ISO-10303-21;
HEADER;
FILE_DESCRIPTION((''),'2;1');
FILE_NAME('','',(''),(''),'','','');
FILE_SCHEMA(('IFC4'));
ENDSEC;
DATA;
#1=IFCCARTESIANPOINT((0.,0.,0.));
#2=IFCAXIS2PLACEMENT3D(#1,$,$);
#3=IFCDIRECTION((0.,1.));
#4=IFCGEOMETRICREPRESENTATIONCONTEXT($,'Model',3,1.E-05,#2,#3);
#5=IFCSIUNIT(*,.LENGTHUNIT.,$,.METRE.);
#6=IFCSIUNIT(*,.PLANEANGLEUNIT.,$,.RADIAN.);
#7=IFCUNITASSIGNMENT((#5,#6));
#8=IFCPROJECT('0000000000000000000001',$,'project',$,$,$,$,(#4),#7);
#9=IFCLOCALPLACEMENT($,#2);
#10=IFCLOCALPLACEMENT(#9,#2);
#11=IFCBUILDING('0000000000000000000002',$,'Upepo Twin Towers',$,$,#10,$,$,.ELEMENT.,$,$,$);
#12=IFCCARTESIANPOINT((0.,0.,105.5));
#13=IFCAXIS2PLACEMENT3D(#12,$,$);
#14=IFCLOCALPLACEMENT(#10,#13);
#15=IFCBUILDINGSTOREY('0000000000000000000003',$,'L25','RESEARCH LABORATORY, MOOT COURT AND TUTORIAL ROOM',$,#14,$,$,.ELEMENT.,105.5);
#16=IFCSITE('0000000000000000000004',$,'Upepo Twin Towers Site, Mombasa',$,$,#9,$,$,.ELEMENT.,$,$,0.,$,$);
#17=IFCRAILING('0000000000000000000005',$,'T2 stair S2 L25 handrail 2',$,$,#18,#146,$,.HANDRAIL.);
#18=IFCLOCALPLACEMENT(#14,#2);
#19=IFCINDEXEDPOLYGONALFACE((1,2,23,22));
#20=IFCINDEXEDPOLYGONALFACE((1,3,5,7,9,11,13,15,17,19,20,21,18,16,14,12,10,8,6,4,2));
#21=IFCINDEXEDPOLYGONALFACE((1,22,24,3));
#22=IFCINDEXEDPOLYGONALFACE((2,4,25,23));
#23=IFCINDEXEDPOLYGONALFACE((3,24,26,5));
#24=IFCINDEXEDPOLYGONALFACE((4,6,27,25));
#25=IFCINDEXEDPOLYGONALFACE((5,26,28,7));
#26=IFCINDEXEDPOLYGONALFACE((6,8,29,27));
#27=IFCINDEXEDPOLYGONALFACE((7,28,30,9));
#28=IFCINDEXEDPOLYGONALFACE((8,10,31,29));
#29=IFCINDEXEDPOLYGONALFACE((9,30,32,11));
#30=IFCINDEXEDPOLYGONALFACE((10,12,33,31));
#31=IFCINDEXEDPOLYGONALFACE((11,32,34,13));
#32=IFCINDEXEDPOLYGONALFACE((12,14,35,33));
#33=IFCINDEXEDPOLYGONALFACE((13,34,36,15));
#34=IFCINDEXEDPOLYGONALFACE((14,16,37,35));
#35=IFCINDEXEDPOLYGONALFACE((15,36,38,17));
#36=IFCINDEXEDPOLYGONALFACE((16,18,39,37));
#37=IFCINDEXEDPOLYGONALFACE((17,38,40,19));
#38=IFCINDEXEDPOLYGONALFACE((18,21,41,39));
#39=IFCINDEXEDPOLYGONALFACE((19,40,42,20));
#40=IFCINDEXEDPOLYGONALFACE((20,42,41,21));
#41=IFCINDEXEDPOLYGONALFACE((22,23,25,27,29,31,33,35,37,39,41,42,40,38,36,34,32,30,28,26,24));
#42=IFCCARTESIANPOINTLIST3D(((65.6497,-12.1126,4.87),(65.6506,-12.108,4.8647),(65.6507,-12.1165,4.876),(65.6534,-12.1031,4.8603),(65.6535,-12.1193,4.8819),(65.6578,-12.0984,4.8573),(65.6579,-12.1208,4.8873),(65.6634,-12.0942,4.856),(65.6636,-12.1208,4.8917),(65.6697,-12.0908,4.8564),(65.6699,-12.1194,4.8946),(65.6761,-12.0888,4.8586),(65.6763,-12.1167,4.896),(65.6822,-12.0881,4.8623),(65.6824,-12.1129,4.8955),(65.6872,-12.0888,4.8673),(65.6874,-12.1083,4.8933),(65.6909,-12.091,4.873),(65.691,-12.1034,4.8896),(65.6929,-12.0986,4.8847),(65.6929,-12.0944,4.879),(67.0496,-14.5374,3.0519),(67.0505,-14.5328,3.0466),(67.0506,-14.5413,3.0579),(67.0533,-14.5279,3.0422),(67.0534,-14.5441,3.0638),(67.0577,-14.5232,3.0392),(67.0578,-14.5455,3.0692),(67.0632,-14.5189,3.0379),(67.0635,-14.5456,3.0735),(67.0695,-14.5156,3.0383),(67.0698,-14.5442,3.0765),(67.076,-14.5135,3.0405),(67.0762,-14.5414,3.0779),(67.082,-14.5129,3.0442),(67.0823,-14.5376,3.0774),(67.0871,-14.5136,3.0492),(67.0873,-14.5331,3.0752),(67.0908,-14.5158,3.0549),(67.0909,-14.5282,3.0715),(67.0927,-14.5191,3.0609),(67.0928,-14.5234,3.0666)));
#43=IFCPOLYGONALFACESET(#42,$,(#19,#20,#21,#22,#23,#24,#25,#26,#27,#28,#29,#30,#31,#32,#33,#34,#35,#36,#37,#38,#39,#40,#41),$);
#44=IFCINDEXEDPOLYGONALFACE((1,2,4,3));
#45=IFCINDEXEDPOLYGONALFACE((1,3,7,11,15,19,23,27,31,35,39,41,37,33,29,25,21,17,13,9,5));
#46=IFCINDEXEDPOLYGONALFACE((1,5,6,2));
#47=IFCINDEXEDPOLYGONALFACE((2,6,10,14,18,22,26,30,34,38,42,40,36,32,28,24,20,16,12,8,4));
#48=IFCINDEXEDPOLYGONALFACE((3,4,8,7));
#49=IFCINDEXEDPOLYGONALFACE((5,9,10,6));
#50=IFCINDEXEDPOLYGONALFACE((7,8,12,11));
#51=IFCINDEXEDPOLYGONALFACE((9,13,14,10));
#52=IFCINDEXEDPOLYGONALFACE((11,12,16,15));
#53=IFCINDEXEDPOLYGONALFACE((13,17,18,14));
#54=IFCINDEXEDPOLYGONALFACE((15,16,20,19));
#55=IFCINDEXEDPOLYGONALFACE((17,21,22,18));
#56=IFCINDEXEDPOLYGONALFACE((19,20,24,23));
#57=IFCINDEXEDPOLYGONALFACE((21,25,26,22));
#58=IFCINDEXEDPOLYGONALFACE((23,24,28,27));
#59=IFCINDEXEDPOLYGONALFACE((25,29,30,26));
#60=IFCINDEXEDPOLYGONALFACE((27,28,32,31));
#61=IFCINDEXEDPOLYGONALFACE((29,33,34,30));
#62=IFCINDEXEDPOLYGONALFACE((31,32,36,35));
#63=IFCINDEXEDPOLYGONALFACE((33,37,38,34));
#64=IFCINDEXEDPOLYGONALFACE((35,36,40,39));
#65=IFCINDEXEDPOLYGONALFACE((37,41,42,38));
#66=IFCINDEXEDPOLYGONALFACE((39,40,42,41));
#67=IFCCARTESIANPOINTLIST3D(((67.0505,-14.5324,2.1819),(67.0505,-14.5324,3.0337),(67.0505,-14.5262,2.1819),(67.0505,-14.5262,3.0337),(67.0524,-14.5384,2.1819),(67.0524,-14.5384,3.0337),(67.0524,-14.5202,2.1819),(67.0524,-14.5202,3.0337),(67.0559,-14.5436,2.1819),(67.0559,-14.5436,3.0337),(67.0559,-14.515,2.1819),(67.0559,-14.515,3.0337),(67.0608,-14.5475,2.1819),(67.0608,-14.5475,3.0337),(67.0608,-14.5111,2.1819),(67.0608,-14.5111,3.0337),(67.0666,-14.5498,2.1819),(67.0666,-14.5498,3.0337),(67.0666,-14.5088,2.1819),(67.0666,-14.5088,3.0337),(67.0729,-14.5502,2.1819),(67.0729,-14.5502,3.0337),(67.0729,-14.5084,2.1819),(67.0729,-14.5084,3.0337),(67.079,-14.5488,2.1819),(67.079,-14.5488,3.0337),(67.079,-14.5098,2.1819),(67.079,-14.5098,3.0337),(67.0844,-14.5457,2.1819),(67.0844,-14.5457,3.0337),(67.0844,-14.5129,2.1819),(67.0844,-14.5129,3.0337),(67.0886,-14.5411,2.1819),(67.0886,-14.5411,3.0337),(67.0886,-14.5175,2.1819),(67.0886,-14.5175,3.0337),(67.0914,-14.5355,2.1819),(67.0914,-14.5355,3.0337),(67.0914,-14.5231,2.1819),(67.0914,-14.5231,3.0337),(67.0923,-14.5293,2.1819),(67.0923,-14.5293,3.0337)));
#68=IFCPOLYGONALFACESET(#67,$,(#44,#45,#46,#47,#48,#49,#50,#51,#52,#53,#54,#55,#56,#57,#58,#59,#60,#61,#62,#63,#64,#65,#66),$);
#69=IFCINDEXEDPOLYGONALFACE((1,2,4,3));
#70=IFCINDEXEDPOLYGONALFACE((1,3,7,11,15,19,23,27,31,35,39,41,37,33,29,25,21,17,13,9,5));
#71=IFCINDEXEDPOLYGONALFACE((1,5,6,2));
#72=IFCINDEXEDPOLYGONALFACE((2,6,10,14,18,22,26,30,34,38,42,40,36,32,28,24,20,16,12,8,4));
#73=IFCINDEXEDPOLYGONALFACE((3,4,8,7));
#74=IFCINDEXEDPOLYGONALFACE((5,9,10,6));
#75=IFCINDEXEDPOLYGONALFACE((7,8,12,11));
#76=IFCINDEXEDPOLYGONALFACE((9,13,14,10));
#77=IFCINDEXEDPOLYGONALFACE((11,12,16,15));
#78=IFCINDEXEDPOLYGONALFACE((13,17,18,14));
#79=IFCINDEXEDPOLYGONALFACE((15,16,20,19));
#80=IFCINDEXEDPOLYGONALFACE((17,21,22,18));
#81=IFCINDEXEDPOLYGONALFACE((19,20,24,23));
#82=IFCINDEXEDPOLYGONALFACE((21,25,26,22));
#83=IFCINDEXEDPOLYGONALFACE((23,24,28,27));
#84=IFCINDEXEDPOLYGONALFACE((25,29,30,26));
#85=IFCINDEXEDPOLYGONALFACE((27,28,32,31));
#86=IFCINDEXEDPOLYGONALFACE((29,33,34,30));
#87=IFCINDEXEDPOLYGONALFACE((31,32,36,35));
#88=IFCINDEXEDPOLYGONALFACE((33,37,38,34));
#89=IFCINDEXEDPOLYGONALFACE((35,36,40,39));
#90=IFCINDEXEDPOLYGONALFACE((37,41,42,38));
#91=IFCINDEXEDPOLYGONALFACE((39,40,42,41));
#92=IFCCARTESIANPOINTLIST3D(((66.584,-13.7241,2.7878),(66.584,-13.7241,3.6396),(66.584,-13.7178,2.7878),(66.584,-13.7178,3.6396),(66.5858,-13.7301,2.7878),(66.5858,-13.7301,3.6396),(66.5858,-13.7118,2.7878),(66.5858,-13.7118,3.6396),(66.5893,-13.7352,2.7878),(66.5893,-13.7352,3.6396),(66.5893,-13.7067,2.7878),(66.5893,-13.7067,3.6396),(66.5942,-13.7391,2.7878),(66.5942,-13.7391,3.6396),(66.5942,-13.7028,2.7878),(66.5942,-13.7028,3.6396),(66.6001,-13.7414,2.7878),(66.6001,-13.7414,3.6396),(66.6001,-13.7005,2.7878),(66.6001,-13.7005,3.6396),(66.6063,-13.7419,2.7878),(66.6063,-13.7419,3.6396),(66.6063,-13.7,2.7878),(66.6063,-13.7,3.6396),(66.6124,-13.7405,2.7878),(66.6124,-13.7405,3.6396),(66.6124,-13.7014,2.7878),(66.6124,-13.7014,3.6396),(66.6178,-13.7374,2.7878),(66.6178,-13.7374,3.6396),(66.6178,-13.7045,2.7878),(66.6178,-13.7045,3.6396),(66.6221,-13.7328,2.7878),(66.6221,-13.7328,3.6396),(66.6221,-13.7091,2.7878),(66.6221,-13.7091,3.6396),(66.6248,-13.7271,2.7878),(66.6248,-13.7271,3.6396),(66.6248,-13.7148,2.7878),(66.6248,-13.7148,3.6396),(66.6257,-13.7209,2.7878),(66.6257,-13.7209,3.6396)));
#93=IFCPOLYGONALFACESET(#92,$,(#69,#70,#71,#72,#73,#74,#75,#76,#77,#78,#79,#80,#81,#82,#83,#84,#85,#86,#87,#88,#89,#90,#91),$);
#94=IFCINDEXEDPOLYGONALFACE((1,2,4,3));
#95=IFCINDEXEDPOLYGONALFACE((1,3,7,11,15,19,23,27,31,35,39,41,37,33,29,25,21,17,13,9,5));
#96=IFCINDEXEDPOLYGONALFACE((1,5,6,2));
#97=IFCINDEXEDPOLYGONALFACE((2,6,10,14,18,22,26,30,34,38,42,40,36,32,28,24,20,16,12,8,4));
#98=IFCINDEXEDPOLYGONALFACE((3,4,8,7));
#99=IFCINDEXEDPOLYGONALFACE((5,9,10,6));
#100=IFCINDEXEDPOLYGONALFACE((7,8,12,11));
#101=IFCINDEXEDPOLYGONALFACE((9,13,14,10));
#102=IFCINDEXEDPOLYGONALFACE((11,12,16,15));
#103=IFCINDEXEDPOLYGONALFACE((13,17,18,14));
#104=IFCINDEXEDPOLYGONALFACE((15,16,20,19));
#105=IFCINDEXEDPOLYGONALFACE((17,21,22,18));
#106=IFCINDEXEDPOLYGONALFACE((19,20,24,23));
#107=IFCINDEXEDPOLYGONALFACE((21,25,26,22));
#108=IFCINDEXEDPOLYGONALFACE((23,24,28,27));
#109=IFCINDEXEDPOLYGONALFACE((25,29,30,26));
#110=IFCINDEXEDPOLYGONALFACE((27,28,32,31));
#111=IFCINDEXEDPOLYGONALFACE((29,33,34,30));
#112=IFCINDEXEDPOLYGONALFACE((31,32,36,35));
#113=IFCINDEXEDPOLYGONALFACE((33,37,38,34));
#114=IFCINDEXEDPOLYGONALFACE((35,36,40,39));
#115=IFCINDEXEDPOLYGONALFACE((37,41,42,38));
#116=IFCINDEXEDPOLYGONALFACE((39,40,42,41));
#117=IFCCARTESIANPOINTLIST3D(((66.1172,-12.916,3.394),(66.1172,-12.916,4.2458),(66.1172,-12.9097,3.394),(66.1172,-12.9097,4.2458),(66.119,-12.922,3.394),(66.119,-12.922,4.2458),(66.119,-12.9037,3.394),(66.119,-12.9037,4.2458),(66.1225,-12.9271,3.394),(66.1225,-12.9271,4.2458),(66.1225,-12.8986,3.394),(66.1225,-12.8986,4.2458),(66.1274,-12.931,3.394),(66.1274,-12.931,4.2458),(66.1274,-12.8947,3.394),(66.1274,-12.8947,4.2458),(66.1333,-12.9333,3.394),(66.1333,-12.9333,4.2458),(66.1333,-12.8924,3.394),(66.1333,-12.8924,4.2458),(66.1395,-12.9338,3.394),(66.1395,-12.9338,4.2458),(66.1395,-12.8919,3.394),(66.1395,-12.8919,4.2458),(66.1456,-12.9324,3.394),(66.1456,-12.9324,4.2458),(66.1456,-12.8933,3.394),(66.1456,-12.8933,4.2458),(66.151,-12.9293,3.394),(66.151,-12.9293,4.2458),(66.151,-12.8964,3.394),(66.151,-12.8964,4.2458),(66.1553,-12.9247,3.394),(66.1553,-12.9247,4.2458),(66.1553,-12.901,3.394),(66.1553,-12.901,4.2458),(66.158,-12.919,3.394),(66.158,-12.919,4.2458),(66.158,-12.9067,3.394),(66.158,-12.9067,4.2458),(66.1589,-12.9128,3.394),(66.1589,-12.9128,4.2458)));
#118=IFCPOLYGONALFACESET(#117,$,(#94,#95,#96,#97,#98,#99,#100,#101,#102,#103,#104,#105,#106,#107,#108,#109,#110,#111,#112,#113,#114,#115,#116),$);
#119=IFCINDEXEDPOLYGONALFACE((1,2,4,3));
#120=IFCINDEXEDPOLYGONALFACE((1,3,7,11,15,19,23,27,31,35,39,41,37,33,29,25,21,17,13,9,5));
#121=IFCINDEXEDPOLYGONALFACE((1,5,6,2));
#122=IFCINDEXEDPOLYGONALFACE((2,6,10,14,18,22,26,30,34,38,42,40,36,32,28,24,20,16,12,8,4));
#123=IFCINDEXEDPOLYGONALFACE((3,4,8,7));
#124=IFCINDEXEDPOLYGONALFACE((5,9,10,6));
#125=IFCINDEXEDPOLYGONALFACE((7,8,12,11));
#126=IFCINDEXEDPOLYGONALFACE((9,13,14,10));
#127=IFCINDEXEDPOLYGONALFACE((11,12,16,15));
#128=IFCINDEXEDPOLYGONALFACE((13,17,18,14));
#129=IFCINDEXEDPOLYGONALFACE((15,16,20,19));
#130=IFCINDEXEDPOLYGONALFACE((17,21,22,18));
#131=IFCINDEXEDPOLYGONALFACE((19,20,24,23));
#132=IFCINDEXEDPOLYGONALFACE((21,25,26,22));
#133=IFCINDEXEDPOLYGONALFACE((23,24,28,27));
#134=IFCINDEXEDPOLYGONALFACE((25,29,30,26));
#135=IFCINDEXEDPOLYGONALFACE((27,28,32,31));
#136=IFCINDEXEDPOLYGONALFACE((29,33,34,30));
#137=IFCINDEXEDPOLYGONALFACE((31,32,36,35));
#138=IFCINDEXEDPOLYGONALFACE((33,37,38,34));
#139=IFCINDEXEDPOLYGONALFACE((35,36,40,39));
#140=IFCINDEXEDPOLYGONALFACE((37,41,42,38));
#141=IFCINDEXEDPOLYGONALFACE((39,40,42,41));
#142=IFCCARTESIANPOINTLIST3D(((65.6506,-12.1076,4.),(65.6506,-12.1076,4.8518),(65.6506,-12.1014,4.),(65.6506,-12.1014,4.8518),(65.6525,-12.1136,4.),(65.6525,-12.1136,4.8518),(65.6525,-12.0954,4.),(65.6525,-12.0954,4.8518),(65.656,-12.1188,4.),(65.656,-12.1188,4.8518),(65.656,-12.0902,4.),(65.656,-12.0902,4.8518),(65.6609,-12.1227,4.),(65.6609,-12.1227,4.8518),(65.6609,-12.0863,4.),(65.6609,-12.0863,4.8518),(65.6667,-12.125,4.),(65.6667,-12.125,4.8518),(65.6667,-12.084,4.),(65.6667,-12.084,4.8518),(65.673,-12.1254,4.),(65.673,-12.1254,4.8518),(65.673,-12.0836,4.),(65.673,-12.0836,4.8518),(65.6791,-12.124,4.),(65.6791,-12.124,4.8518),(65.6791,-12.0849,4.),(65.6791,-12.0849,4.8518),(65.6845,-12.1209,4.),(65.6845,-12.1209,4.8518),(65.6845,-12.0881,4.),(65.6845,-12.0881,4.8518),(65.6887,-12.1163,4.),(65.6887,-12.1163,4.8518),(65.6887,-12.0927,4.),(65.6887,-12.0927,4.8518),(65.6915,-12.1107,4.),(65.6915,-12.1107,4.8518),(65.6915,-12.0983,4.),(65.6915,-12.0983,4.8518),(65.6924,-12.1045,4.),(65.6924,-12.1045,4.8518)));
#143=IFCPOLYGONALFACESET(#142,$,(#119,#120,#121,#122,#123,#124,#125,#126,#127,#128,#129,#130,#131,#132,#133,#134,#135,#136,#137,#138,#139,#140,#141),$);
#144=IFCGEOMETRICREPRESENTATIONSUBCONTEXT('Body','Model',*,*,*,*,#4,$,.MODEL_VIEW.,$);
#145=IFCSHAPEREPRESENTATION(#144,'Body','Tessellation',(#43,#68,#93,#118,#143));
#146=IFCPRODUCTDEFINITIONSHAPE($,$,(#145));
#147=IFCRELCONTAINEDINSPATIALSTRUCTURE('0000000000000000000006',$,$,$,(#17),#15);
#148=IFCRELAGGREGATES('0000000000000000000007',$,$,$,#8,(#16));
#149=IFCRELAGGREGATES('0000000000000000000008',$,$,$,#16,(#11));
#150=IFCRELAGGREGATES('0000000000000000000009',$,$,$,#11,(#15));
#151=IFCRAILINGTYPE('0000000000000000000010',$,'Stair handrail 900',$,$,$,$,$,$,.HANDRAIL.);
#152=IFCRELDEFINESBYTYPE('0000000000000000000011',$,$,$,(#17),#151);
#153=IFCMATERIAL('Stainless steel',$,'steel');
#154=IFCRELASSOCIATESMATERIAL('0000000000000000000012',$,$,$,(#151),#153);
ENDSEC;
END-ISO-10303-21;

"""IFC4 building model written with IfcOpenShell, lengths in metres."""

from ifc_helpers import new_model, si_unit, direction, frame, origin, origin_2d, place, context, subcontext, project, spatial, circle, extrude, material, type_object, element, save


model = new_model("IFC4")

# Units and contexts
model_context = context("Model", 3, precision=1e-05, world=origin(), true_north=direction((0.0, 1.0)))
body_context = subcontext(model_context, "Body", "Model", "MODEL_VIEW")
ifc_project = project(units=[si_unit("LENGTHUNIT", "METRE"), si_unit("PLANEANGLEUNIT", "RADIAN")], contexts=[model_context])

# Site, building, storey
site_placement = place(None, origin())
site = spatial("IfcSite", under=ifc_project, at=site_placement, Name="Upepo Twin Towers Site, Mombasa", CompositionType="ELEMENT", RefElevation=0.0)
building_placement = place(site_placement, origin())
building = spatial("IfcBuilding", under=site, at=building_placement, Name="Upepo Twin Towers", CompositionType="ELEMENT")
storey_placement = place(building_placement, frame((0.0, 0.0, 105.5)))
storey = spatial("IfcBuildingStorey", under=building, at=storey_placement, Name="L25", Description="RESEARCH LABORATORY, MOOT COURT AND TUTORIAL ROOM", CompositionType="ELEMENT", Elevation=105.5)

# Railing
ifc_material_1 = material(Name="Stainless steel", Category="steel")
railing_type = type_object("IfcRailingType", Name="Stair handrail 900", PredefinedType="HANDRAIL", material=ifc_material_1)
railing_1_placement = place(storey_placement, frame((67.0713, -14.5293, 2.1819)))
element("IfcRailing", 1, at=railing_1_placement, inside=storey, type_object=railing_type, Name="T2 stair S2 L25 handrail 2", PredefinedType="HANDRAIL", context=body_context, shape_type="SweptSolid", body=[
    extrude(circle(Radius=0.0239, at=origin_2d()), frame((0.0, 0.0, 0.876), z_axis=(-0.419333, 0.726336, 0.544606), x_axis=(-0.866035, -0.499984, 0.0)), (0.0, 0.0, 1.0), 3.3384),
    extrude(circle(Radius=0.021, at=origin_2d()), origin(), (0.0, 0.0, 1.0), 0.8518),
    extrude(circle(Radius=0.021, at=origin_2d()), frame((-0.4666, 0.8083, 0.606)), (0.0, 0.0, 1.0), 0.8518),
    extrude(circle(Radius=0.021, at=origin_2d()), frame((-0.9333, 1.6165, 1.2122)), (0.0, 0.0, 1.0), 0.8518),
    extrude(circle(Radius=0.021, at=origin_2d()), frame((-1.3999, 2.4248, 1.8181)), (0.0, 0.0, 1.0), 0.8518),
])

save(model, "model.ifc")
